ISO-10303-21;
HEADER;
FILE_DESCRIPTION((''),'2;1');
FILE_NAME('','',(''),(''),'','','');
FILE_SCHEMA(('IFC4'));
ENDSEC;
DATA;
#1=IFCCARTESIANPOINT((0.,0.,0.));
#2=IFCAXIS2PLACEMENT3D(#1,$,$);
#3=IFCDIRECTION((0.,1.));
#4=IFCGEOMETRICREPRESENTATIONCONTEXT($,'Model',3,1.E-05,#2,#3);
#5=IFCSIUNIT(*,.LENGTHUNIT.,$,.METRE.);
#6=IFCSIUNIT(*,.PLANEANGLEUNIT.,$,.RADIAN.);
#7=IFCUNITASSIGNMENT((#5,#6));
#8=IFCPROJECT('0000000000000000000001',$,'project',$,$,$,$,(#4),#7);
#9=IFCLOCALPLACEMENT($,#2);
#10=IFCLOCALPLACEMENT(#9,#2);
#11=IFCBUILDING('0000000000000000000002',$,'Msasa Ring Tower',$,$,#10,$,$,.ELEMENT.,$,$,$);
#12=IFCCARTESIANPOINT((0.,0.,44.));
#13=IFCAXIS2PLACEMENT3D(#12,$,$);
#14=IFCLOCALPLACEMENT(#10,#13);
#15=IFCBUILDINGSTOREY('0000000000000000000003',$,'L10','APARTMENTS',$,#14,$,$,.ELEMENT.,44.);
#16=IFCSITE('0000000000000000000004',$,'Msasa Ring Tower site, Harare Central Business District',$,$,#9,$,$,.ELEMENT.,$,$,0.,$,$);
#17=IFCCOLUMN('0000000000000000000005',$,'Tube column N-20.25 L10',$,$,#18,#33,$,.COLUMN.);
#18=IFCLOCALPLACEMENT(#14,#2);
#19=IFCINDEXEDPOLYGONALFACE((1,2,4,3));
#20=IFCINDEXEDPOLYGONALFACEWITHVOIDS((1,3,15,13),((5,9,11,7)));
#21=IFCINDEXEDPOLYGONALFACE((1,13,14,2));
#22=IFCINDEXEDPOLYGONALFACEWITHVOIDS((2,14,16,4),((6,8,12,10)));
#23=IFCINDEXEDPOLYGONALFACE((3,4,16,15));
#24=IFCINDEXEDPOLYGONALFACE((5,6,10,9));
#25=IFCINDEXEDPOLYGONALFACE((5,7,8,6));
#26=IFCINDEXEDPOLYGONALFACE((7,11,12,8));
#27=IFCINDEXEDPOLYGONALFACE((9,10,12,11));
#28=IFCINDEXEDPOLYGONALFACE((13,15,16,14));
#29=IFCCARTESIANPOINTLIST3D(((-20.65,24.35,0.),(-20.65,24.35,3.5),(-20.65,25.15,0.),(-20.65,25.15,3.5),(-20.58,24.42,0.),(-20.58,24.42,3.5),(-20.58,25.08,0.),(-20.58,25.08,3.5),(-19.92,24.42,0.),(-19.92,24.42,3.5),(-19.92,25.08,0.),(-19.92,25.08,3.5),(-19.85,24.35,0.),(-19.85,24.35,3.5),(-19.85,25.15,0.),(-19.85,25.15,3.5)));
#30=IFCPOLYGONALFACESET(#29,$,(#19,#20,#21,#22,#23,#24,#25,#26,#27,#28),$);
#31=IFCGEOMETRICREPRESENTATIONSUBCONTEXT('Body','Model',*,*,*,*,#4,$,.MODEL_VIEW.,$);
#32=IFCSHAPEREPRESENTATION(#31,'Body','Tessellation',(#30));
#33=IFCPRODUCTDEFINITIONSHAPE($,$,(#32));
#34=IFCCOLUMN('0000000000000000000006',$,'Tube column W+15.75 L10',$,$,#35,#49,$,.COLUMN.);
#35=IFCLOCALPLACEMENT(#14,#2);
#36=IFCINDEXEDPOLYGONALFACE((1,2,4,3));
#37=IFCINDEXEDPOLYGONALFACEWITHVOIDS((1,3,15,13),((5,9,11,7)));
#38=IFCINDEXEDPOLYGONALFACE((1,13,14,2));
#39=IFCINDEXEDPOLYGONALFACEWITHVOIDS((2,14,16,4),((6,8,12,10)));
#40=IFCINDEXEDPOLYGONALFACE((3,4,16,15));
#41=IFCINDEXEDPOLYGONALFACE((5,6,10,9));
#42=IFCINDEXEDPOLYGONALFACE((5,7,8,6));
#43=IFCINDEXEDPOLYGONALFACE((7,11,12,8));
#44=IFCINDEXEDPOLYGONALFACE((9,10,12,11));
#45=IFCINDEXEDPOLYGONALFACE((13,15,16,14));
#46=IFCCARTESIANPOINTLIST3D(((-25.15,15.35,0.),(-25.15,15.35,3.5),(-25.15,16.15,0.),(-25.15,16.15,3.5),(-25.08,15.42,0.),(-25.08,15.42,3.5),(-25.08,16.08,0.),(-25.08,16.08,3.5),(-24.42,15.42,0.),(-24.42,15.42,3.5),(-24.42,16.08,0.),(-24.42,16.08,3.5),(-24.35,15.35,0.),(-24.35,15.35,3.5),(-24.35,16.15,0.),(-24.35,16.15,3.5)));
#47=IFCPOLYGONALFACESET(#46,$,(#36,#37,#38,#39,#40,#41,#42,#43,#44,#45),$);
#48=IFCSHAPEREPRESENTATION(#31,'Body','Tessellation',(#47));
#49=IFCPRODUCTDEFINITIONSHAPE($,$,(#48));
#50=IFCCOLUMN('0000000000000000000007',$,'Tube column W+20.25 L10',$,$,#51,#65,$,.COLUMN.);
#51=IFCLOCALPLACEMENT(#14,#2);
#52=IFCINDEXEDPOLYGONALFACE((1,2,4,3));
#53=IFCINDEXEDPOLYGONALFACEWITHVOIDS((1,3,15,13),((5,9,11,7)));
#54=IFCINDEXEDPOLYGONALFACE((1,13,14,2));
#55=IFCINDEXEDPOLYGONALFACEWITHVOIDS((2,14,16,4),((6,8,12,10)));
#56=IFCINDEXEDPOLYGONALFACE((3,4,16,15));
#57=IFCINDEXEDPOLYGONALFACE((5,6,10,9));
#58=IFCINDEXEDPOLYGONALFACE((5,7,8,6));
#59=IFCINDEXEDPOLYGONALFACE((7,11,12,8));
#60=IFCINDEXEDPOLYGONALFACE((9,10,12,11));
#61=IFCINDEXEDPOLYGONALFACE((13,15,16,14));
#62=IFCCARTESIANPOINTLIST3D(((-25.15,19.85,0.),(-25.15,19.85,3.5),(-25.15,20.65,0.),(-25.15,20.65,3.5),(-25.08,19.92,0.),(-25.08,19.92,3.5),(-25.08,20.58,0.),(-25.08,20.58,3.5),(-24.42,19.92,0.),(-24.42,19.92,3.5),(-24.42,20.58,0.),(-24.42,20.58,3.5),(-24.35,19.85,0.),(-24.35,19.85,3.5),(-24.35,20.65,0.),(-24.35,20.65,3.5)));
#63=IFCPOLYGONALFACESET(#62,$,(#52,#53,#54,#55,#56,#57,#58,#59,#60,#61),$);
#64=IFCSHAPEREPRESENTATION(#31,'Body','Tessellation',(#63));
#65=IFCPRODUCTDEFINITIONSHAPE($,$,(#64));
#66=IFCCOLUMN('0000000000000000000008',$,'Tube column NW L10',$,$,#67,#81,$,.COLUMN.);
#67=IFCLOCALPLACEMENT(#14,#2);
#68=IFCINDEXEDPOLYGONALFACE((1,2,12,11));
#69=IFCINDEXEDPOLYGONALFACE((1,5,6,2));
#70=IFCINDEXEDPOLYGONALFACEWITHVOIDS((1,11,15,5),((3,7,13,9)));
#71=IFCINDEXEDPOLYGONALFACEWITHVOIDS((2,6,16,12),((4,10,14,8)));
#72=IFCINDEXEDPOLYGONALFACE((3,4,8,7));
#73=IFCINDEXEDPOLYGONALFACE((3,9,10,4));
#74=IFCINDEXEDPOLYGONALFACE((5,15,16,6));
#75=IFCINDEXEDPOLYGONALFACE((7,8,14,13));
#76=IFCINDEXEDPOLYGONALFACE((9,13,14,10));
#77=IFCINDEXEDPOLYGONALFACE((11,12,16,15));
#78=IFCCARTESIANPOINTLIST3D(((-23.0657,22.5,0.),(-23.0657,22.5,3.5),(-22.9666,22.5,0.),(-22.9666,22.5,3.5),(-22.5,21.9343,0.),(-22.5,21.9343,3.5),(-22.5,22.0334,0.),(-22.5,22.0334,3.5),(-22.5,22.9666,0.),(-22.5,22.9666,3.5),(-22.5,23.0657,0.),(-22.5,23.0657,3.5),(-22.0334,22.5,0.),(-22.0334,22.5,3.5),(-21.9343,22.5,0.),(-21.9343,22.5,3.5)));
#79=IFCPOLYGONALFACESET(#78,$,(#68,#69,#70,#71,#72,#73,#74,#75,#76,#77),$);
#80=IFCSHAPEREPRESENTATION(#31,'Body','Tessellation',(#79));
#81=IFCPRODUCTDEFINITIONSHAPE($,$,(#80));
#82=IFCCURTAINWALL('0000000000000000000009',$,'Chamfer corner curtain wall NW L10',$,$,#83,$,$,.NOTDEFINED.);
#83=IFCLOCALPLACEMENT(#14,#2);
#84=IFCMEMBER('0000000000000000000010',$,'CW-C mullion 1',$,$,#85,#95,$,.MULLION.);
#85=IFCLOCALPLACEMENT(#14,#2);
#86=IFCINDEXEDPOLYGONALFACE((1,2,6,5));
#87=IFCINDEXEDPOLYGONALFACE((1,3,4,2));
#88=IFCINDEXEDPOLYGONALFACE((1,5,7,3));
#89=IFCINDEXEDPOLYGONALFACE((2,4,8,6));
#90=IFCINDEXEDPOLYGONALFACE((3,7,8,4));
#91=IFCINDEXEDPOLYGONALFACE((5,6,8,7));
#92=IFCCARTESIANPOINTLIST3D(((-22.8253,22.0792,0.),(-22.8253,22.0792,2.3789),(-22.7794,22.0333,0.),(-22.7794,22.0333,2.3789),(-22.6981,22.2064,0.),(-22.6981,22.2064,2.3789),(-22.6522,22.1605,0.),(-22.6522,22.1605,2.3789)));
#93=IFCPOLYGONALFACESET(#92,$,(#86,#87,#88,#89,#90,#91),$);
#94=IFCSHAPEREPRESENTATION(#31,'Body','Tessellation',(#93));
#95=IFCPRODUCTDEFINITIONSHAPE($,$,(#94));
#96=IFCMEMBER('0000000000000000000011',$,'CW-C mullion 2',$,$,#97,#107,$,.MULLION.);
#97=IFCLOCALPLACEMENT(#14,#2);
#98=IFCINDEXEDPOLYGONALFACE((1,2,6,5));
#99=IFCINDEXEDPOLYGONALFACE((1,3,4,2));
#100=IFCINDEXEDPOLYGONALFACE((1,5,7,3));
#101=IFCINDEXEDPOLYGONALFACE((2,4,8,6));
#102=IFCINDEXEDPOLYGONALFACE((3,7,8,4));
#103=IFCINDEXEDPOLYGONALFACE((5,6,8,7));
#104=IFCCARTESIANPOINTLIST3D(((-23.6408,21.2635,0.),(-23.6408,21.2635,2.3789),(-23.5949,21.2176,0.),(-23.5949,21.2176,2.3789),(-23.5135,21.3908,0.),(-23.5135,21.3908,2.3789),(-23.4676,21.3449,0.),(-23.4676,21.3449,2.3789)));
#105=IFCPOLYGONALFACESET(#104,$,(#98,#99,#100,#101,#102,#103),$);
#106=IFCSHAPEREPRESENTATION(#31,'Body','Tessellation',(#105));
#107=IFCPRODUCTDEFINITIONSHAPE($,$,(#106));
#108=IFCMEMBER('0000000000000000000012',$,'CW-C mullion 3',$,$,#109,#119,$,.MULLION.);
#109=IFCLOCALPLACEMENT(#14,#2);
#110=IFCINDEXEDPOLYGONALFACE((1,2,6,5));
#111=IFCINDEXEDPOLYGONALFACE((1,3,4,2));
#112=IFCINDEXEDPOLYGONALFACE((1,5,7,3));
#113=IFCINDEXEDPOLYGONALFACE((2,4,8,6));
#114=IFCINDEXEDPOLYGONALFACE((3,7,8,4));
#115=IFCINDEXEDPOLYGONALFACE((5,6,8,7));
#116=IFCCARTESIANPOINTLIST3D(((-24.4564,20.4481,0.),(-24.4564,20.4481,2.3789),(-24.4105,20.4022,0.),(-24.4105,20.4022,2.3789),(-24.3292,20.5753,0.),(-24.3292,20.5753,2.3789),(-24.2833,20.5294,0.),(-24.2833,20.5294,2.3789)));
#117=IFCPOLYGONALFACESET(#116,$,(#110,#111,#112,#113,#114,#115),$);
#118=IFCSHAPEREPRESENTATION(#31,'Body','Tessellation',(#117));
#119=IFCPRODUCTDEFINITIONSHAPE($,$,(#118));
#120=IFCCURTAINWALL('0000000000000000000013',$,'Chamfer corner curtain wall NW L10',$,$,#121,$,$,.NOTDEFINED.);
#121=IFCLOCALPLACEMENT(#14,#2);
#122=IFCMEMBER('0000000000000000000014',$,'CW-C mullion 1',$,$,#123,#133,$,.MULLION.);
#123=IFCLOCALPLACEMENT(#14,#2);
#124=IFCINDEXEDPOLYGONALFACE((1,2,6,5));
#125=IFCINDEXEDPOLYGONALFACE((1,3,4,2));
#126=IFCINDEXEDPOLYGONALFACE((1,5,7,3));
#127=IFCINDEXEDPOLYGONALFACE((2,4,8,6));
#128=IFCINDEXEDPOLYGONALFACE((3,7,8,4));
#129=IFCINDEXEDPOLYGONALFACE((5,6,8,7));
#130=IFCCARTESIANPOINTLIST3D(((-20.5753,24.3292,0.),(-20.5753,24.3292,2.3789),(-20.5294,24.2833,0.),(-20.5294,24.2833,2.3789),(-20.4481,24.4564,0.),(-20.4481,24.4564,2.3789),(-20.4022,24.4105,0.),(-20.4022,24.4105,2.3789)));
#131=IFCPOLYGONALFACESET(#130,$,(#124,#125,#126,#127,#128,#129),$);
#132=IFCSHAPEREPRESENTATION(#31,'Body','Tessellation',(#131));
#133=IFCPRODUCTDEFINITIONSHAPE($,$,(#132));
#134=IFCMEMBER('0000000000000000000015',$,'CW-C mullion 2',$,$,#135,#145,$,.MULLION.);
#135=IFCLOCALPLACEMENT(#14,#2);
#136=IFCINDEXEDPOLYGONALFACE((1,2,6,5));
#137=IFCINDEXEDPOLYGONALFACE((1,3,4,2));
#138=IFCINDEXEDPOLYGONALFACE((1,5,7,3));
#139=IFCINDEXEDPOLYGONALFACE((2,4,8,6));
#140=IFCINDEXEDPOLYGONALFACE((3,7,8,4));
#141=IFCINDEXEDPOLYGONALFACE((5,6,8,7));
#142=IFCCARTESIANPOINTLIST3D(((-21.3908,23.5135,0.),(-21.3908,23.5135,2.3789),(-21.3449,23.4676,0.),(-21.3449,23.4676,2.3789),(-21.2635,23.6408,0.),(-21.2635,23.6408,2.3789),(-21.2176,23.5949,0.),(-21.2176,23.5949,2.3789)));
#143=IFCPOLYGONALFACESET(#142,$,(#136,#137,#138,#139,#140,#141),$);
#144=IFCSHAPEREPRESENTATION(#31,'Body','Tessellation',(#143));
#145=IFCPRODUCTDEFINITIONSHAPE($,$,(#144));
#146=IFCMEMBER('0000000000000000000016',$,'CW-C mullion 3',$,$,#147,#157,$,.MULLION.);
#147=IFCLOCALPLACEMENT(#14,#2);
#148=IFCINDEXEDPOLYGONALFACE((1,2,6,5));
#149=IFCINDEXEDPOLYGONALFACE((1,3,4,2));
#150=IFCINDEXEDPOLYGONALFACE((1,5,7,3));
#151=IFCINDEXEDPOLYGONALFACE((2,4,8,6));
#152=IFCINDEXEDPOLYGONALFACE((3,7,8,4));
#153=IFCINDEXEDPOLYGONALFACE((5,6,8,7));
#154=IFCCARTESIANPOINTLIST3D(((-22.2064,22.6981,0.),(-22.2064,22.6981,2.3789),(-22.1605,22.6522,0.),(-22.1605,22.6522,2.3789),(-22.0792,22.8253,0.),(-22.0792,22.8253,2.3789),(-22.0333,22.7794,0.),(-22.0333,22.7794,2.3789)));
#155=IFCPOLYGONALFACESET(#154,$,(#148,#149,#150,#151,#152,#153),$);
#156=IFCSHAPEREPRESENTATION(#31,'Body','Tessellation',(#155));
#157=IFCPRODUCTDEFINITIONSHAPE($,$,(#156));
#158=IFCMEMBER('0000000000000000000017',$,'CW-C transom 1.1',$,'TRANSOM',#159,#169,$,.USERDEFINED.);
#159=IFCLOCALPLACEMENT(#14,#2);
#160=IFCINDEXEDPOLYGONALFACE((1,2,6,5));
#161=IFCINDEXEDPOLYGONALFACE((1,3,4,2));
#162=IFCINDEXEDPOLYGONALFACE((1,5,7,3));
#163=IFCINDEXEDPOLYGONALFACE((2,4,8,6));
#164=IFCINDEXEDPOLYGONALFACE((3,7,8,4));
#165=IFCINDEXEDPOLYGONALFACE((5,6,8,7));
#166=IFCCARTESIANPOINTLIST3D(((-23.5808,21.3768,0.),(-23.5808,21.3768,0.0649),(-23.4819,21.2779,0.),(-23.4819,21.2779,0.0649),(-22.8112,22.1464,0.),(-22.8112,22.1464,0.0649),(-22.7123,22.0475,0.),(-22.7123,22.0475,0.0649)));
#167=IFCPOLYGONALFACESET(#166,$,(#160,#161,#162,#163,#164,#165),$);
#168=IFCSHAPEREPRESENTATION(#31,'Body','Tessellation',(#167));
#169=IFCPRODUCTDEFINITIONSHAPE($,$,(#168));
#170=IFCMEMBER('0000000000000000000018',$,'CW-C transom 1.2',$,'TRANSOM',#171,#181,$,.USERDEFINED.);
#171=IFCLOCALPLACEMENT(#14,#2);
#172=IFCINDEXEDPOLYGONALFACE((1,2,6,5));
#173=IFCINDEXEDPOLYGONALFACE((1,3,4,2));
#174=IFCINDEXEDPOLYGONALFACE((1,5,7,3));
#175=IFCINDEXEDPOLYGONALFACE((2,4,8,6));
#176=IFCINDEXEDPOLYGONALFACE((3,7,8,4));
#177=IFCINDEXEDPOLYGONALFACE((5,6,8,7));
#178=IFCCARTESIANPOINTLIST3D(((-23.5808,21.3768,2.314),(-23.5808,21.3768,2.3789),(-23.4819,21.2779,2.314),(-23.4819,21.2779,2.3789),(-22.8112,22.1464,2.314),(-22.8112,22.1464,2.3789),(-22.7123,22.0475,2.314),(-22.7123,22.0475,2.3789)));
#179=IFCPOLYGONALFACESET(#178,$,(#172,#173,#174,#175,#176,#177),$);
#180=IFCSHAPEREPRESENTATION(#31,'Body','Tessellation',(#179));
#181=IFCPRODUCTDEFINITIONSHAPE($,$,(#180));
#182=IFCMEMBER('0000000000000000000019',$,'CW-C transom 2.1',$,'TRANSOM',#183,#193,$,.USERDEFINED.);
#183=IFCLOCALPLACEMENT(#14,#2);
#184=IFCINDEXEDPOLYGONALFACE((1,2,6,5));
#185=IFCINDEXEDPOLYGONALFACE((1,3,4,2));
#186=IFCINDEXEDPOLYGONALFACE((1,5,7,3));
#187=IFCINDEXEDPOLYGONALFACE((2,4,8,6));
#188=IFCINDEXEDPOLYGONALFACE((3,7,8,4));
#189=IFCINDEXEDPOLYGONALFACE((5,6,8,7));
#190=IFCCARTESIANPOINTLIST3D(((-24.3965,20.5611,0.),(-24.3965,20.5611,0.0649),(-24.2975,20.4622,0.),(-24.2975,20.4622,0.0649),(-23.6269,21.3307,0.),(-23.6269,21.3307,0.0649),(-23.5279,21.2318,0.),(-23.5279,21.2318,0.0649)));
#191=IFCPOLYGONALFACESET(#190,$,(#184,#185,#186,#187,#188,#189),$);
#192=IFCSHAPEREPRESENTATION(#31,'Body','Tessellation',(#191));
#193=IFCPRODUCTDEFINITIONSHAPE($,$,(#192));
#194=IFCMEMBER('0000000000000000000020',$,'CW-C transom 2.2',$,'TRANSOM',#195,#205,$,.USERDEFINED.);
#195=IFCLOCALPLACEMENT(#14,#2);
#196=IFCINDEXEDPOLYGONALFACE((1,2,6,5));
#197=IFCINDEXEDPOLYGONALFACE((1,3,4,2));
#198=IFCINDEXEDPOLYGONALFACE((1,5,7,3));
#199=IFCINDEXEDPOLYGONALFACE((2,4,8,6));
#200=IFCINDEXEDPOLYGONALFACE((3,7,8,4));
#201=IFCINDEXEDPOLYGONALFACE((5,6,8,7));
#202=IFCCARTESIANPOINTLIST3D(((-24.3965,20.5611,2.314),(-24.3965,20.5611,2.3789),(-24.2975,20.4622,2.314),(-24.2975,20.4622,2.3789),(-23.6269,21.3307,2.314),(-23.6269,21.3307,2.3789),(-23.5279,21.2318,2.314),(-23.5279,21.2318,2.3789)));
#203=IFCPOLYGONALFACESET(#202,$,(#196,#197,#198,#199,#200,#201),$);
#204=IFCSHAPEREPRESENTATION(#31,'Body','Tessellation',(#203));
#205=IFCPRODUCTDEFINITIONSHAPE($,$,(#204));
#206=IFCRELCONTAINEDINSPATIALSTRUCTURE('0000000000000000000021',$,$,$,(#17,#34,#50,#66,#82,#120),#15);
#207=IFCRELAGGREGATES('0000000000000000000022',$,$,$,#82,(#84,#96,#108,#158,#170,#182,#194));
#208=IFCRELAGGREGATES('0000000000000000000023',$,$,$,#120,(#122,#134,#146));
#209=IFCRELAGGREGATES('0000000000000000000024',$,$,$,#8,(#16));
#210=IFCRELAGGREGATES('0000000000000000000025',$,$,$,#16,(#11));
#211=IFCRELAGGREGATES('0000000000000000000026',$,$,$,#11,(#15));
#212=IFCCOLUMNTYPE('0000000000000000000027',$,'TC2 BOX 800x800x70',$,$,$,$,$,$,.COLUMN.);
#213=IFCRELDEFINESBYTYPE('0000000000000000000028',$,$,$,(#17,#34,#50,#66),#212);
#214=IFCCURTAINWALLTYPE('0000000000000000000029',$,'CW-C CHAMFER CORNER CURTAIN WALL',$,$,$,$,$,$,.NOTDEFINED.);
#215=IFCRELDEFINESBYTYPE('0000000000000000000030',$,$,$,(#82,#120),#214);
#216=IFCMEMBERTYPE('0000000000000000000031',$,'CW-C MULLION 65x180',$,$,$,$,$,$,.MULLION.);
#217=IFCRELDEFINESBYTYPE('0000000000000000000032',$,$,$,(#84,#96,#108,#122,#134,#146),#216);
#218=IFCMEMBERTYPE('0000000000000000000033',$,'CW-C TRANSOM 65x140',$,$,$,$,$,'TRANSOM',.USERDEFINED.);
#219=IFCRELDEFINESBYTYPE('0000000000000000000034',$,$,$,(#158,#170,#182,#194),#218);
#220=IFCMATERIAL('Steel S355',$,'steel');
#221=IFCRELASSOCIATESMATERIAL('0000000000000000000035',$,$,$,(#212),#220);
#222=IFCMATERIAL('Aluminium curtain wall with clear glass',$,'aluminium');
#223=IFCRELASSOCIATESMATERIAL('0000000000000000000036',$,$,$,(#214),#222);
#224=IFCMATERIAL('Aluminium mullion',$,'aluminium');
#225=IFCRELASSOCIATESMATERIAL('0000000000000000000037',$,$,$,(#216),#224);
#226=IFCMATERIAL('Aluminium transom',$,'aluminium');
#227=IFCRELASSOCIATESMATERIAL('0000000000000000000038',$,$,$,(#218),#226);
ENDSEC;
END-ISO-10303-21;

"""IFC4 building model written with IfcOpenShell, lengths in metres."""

from ifc_helpers import new_model, si_unit, direction, frame, origin, origin_2d, place, context, subcontext, project, spatial, rectangle, hollow_rectangle, extrude, material, material_profile, profile_set, type_object, element, aggregate, save


model = new_model("IFC4")

# Units and contexts
model_context = context("Model", 3, precision=1e-05, world=origin(), true_north=direction((0.0, 1.0)))
body_context = subcontext(model_context, "Body", "Model", "MODEL_VIEW")
ifc_project = project(units=[si_unit("LENGTHUNIT", "METRE"), si_unit("PLANEANGLEUNIT", "RADIAN")], contexts=[model_context])

# Site, building, storey
site_placement = place(None, origin())
site = spatial("IfcSite", under=ifc_project, at=site_placement, Name="Msasa Ring Tower site, Harare Central Business District", CompositionType="ELEMENT", RefElevation=0.0)
building_placement = place(site_placement, origin())
building = spatial("IfcBuilding", under=site, at=building_placement, Name="Msasa Ring Tower", CompositionType="ELEMENT")
storey_placement = place(building_placement, frame((0.0, 0.0, 44.0)))
storey = spatial("IfcBuildingStorey", under=building, at=storey_placement, Name="L10", Description="APARTMENTS", CompositionType="ELEMENT", Elevation=44.0)

# Columns
ifc_material_1 = material(Name="Steel S355", Category="steel")
ifc_material_profile_1 = material_profile(ifc_material_1, hollow_rectangle(XDim=0.8, YDim=0.8, WallThickness=0.0701, at=origin_2d()), Name="BOX 800x800x70")
ifc_profile_set_1 = profile_set([ifc_material_profile_1], Name="Steel S355")
column_type = type_object("IfcColumnType", Name="TC2 BOX 800x800x70", PredefinedType="COLUMN", material=ifc_profile_set_1)
for number, where, z_axis, x_axis, name in (
    (1, (-20.25, 24.75, 0.0), (0.0, 0.0, 1.0), (0.0, 1.0, 0.0), "Tube column N-20.25 L10"),
    (2, (-24.75, 15.75, 0.0), (0.0, 0.0, 1.0), (1.0, 0.0, 0.0), "Tube column W+15.75 L10"),
    (3, (-24.75, 20.25, 0.0), (0.0, 0.0, 1.0), (1.0, 0.0, 0.0), "Tube column W+20.25 L10"),
    (4, (-22.5, 22.5, 0.0), (0.0, 0.0, 1.0), (0.707107, -0.707107, 0.0), "Tube column NW L10"),
):
    element("IfcColumn", number, at=place(storey_placement, frame(where, z_axis=z_axis, x_axis=x_axis)), inside=storey, type_object=column_type, Name=name, PredefinedType="COLUMN", context=body_context, shape_type="SweptSolid", body=[
        extrude(hollow_rectangle(XDim=0.8, YDim=0.8, WallThickness=0.0701, at=origin_2d()), origin(), (0.0, 0.0, 1.0), 3.5),
    ])

# Curtain walls, members
ifc_material_2 = material(Name="Aluminium curtain wall with clear glass", Category="aluminium")
curtain_wall_type = type_object("IfcCurtainWallType", Name="CW-C CHAMFER CORNER CURTAIN WALL", PredefinedType="NOTDEFINED", material=ifc_material_2)
curtain_wall_1_placement = place(storey_placement, origin())
curtain_wall_1 = element("IfcCurtainWall", 5, at=curtain_wall_1_placement, inside=storey, type_object=curtain_wall_type, Name="Chamfer corner curtain wall NW L10", PredefinedType="NOTDEFINED")
ifc_material_3 = material(Name="Aluminium mullion", Category="aluminium")
ifc_material_profile_2 = material_profile(ifc_material_3, rectangle(XDim=0.0649, YDim=0.1799, at=origin_2d()), Name="AL 65x180")
ifc_profile_set_2 = profile_set([ifc_material_profile_2], Name="Aluminium mullion")
member_type_1 = type_object("IfcMemberType", Name="CW-C MULLION 65x180", PredefinedType="MULLION", material=ifc_profile_set_2)
member_1_placement = place(storey_placement, frame((-22.7388, 22.1199, 0.0), z_axis=(0.0, 0.0, 1.0), x_axis=(0.707107, -0.707107, 0.0)))
member_1 = element("IfcMember", 6, at=member_1_placement, type_object=member_type_1, Name="CW-C mullion 1", PredefinedType="MULLION", context=body_context, shape_type="SweptSolid", body=[
    extrude(rectangle(XDim=0.0649, YDim=0.1799, at=origin_2d()), origin(), (0.0, 0.0, 1.0), 2.3789),
])
member_2_placement = place(storey_placement, frame((-23.5542, 21.3042, 0.0), z_axis=(0.0, 0.0, 1.0), x_axis=(0.707107, -0.707107, 0.0)))
member_2 = element("IfcMember", 7, at=member_2_placement, type_object=member_type_1, Name="CW-C mullion 2", PredefinedType="MULLION", context=body_context, shape_type="SweptSolid", body=[
    extrude(rectangle(XDim=0.0649, YDim=0.1799, at=origin_2d()), origin(), (0.0, 0.0, 1.0), 2.3789),
])
member_3_placement = place(storey_placement, frame((-24.3699, 20.4888, 0.0), z_axis=(0.0, 0.0, 1.0), x_axis=(0.707107, -0.707107, 0.0)))
member_3 = element("IfcMember", 8, at=member_3_placement, type_object=member_type_1, Name="CW-C mullion 3", PredefinedType="MULLION", context=body_context, shape_type="SweptSolid", body=[
    extrude(rectangle(XDim=0.0649, YDim=0.1799, at=origin_2d()), origin(), (0.0, 0.0, 1.0), 2.3789),
])
curtain_wall_2_placement = place(storey_placement, origin())
curtain_wall_2 = element("IfcCurtainWall", 9, at=curtain_wall_2_placement, inside=storey, type_object=curtain_wall_type, Name="Chamfer corner curtain wall NW L10", PredefinedType="NOTDEFINED")
member_4_placement = place(storey_placement, frame((-20.4888, 24.3699, 0.0), z_axis=(0.0, 0.0, 1.0), x_axis=(0.707107, -0.707107, 0.0)))
member_4 = element("IfcMember", 10, at=member_4_placement, type_object=member_type_1, Name="CW-C mullion 1", PredefinedType="MULLION", context=body_context, shape_type="SweptSolid", body=[
    extrude(rectangle(XDim=0.0649, YDim=0.1799, at=origin_2d()), origin(), (0.0, 0.0, 1.0), 2.3789),
])
member_5_placement = place(storey_placement, frame((-21.3042, 23.5542, 0.0), z_axis=(0.0, 0.0, 1.0), x_axis=(0.707107, -0.707107, 0.0)))
member_5 = element("IfcMember", 11, at=member_5_placement, type_object=member_type_1, Name="CW-C mullion 2", PredefinedType="MULLION", context=body_context, shape_type="SweptSolid", body=[
    extrude(rectangle(XDim=0.0649, YDim=0.1799, at=origin_2d()), origin(), (0.0, 0.0, 1.0), 2.3789),
])
member_6_placement = place(storey_placement, frame((-22.1199, 22.7388, 0.0), z_axis=(0.0, 0.0, 1.0), x_axis=(0.707107, -0.707107, 0.0)))
member_6 = element("IfcMember", 12, at=member_6_placement, type_object=member_type_1, Name="CW-C mullion 3", PredefinedType="MULLION", context=body_context, shape_type="SweptSolid", body=[
    extrude(rectangle(XDim=0.0649, YDim=0.1799, at=origin_2d()), origin(), (0.0, 0.0, 1.0), 2.3789),
])

# Members
ifc_material_4 = material(Name="Aluminium transom", Category="aluminium")
ifc_material_profile_3 = material_profile(ifc_material_4, rectangle(XDim=0.1399, YDim=0.0649, at=origin_2d()), Name="AL 65x140")
ifc_profile_set_3 = profile_set([ifc_material_profile_3], Name="Aluminium transom")
member_type_2 = type_object("IfcMemberType", Name="CW-C TRANSOM 65x140", ElementType="TRANSOM", PredefinedType="USERDEFINED", material=ifc_profile_set_3)
member_7_placement = place(storey_placement, frame((-22.7617, 22.0969, 0.0325), z_axis=(-0.707107, -0.707107, 0.0), x_axis=(0.707107, -0.707107, 0.0)))
member_7 = element("IfcMember", 13, at=member_7_placement, type_object=member_type_2, Name="CW-C transom 1.1", ObjectType="TRANSOM", PredefinedType="USERDEFINED", context=body_context, shape_type="SweptSolid", body=[
    extrude(rectangle(XDim=0.1399, YDim=0.0649, at=origin_2d()), origin(), (0.0, 0.0, 1.0), 1.0884),
])
member_8_placement = place(storey_placement, frame((-22.7617, 22.0969, 2.3464), z_axis=(-0.707107, -0.707107, 0.0), x_axis=(0.707107, -0.707107, 0.0)))
member_8 = element("IfcMember", 14, at=member_8_placement, type_object=member_type_2, Name="CW-C transom 1.2", ObjectType="TRANSOM", PredefinedType="USERDEFINED", context=body_context, shape_type="SweptSolid", body=[
    extrude(rectangle(XDim=0.1399, YDim=0.0649, at=origin_2d()), origin(), (0.0, 0.0, 1.0), 1.0884),
])
member_9_placement = place(storey_placement, frame((-23.5774, 21.2812, 0.0325), z_axis=(-0.707107, -0.707107, 0.0), x_axis=(0.707107, -0.707107, 0.0)))
member_9 = element("IfcMember", 15, at=member_9_placement, type_object=member_type_2, Name="CW-C transom 2.1", ObjectType="TRANSOM", PredefinedType="USERDEFINED", context=body_context, shape_type="SweptSolid", body=[
    extrude(rectangle(XDim=0.1399, YDim=0.0649, at=origin_2d()), origin(), (0.0, 0.0, 1.0), 1.0884),
])
member_10_placement = place(storey_placement, frame((-23.5774, 21.2812, 2.3464), z_axis=(-0.707107, -0.707107, 0.0), x_axis=(0.707107, -0.707107, 0.0)))
member_10 = element("IfcMember", 16, at=member_10_placement, type_object=member_type_2, Name="CW-C transom 2.2", ObjectType="TRANSOM", PredefinedType="USERDEFINED", context=body_context, shape_type="SweptSolid", body=[
    extrude(rectangle(XDim=0.1399, YDim=0.0649, at=origin_2d()), origin(), (0.0, 0.0, 1.0), 1.0884),
])

aggregate(curtain_wall_1, [member_1, member_2, member_3, member_7, member_8, member_9, member_10])
aggregate(curtain_wall_2, [member_4, member_5, member_6])

save(model, "model.ifc")
